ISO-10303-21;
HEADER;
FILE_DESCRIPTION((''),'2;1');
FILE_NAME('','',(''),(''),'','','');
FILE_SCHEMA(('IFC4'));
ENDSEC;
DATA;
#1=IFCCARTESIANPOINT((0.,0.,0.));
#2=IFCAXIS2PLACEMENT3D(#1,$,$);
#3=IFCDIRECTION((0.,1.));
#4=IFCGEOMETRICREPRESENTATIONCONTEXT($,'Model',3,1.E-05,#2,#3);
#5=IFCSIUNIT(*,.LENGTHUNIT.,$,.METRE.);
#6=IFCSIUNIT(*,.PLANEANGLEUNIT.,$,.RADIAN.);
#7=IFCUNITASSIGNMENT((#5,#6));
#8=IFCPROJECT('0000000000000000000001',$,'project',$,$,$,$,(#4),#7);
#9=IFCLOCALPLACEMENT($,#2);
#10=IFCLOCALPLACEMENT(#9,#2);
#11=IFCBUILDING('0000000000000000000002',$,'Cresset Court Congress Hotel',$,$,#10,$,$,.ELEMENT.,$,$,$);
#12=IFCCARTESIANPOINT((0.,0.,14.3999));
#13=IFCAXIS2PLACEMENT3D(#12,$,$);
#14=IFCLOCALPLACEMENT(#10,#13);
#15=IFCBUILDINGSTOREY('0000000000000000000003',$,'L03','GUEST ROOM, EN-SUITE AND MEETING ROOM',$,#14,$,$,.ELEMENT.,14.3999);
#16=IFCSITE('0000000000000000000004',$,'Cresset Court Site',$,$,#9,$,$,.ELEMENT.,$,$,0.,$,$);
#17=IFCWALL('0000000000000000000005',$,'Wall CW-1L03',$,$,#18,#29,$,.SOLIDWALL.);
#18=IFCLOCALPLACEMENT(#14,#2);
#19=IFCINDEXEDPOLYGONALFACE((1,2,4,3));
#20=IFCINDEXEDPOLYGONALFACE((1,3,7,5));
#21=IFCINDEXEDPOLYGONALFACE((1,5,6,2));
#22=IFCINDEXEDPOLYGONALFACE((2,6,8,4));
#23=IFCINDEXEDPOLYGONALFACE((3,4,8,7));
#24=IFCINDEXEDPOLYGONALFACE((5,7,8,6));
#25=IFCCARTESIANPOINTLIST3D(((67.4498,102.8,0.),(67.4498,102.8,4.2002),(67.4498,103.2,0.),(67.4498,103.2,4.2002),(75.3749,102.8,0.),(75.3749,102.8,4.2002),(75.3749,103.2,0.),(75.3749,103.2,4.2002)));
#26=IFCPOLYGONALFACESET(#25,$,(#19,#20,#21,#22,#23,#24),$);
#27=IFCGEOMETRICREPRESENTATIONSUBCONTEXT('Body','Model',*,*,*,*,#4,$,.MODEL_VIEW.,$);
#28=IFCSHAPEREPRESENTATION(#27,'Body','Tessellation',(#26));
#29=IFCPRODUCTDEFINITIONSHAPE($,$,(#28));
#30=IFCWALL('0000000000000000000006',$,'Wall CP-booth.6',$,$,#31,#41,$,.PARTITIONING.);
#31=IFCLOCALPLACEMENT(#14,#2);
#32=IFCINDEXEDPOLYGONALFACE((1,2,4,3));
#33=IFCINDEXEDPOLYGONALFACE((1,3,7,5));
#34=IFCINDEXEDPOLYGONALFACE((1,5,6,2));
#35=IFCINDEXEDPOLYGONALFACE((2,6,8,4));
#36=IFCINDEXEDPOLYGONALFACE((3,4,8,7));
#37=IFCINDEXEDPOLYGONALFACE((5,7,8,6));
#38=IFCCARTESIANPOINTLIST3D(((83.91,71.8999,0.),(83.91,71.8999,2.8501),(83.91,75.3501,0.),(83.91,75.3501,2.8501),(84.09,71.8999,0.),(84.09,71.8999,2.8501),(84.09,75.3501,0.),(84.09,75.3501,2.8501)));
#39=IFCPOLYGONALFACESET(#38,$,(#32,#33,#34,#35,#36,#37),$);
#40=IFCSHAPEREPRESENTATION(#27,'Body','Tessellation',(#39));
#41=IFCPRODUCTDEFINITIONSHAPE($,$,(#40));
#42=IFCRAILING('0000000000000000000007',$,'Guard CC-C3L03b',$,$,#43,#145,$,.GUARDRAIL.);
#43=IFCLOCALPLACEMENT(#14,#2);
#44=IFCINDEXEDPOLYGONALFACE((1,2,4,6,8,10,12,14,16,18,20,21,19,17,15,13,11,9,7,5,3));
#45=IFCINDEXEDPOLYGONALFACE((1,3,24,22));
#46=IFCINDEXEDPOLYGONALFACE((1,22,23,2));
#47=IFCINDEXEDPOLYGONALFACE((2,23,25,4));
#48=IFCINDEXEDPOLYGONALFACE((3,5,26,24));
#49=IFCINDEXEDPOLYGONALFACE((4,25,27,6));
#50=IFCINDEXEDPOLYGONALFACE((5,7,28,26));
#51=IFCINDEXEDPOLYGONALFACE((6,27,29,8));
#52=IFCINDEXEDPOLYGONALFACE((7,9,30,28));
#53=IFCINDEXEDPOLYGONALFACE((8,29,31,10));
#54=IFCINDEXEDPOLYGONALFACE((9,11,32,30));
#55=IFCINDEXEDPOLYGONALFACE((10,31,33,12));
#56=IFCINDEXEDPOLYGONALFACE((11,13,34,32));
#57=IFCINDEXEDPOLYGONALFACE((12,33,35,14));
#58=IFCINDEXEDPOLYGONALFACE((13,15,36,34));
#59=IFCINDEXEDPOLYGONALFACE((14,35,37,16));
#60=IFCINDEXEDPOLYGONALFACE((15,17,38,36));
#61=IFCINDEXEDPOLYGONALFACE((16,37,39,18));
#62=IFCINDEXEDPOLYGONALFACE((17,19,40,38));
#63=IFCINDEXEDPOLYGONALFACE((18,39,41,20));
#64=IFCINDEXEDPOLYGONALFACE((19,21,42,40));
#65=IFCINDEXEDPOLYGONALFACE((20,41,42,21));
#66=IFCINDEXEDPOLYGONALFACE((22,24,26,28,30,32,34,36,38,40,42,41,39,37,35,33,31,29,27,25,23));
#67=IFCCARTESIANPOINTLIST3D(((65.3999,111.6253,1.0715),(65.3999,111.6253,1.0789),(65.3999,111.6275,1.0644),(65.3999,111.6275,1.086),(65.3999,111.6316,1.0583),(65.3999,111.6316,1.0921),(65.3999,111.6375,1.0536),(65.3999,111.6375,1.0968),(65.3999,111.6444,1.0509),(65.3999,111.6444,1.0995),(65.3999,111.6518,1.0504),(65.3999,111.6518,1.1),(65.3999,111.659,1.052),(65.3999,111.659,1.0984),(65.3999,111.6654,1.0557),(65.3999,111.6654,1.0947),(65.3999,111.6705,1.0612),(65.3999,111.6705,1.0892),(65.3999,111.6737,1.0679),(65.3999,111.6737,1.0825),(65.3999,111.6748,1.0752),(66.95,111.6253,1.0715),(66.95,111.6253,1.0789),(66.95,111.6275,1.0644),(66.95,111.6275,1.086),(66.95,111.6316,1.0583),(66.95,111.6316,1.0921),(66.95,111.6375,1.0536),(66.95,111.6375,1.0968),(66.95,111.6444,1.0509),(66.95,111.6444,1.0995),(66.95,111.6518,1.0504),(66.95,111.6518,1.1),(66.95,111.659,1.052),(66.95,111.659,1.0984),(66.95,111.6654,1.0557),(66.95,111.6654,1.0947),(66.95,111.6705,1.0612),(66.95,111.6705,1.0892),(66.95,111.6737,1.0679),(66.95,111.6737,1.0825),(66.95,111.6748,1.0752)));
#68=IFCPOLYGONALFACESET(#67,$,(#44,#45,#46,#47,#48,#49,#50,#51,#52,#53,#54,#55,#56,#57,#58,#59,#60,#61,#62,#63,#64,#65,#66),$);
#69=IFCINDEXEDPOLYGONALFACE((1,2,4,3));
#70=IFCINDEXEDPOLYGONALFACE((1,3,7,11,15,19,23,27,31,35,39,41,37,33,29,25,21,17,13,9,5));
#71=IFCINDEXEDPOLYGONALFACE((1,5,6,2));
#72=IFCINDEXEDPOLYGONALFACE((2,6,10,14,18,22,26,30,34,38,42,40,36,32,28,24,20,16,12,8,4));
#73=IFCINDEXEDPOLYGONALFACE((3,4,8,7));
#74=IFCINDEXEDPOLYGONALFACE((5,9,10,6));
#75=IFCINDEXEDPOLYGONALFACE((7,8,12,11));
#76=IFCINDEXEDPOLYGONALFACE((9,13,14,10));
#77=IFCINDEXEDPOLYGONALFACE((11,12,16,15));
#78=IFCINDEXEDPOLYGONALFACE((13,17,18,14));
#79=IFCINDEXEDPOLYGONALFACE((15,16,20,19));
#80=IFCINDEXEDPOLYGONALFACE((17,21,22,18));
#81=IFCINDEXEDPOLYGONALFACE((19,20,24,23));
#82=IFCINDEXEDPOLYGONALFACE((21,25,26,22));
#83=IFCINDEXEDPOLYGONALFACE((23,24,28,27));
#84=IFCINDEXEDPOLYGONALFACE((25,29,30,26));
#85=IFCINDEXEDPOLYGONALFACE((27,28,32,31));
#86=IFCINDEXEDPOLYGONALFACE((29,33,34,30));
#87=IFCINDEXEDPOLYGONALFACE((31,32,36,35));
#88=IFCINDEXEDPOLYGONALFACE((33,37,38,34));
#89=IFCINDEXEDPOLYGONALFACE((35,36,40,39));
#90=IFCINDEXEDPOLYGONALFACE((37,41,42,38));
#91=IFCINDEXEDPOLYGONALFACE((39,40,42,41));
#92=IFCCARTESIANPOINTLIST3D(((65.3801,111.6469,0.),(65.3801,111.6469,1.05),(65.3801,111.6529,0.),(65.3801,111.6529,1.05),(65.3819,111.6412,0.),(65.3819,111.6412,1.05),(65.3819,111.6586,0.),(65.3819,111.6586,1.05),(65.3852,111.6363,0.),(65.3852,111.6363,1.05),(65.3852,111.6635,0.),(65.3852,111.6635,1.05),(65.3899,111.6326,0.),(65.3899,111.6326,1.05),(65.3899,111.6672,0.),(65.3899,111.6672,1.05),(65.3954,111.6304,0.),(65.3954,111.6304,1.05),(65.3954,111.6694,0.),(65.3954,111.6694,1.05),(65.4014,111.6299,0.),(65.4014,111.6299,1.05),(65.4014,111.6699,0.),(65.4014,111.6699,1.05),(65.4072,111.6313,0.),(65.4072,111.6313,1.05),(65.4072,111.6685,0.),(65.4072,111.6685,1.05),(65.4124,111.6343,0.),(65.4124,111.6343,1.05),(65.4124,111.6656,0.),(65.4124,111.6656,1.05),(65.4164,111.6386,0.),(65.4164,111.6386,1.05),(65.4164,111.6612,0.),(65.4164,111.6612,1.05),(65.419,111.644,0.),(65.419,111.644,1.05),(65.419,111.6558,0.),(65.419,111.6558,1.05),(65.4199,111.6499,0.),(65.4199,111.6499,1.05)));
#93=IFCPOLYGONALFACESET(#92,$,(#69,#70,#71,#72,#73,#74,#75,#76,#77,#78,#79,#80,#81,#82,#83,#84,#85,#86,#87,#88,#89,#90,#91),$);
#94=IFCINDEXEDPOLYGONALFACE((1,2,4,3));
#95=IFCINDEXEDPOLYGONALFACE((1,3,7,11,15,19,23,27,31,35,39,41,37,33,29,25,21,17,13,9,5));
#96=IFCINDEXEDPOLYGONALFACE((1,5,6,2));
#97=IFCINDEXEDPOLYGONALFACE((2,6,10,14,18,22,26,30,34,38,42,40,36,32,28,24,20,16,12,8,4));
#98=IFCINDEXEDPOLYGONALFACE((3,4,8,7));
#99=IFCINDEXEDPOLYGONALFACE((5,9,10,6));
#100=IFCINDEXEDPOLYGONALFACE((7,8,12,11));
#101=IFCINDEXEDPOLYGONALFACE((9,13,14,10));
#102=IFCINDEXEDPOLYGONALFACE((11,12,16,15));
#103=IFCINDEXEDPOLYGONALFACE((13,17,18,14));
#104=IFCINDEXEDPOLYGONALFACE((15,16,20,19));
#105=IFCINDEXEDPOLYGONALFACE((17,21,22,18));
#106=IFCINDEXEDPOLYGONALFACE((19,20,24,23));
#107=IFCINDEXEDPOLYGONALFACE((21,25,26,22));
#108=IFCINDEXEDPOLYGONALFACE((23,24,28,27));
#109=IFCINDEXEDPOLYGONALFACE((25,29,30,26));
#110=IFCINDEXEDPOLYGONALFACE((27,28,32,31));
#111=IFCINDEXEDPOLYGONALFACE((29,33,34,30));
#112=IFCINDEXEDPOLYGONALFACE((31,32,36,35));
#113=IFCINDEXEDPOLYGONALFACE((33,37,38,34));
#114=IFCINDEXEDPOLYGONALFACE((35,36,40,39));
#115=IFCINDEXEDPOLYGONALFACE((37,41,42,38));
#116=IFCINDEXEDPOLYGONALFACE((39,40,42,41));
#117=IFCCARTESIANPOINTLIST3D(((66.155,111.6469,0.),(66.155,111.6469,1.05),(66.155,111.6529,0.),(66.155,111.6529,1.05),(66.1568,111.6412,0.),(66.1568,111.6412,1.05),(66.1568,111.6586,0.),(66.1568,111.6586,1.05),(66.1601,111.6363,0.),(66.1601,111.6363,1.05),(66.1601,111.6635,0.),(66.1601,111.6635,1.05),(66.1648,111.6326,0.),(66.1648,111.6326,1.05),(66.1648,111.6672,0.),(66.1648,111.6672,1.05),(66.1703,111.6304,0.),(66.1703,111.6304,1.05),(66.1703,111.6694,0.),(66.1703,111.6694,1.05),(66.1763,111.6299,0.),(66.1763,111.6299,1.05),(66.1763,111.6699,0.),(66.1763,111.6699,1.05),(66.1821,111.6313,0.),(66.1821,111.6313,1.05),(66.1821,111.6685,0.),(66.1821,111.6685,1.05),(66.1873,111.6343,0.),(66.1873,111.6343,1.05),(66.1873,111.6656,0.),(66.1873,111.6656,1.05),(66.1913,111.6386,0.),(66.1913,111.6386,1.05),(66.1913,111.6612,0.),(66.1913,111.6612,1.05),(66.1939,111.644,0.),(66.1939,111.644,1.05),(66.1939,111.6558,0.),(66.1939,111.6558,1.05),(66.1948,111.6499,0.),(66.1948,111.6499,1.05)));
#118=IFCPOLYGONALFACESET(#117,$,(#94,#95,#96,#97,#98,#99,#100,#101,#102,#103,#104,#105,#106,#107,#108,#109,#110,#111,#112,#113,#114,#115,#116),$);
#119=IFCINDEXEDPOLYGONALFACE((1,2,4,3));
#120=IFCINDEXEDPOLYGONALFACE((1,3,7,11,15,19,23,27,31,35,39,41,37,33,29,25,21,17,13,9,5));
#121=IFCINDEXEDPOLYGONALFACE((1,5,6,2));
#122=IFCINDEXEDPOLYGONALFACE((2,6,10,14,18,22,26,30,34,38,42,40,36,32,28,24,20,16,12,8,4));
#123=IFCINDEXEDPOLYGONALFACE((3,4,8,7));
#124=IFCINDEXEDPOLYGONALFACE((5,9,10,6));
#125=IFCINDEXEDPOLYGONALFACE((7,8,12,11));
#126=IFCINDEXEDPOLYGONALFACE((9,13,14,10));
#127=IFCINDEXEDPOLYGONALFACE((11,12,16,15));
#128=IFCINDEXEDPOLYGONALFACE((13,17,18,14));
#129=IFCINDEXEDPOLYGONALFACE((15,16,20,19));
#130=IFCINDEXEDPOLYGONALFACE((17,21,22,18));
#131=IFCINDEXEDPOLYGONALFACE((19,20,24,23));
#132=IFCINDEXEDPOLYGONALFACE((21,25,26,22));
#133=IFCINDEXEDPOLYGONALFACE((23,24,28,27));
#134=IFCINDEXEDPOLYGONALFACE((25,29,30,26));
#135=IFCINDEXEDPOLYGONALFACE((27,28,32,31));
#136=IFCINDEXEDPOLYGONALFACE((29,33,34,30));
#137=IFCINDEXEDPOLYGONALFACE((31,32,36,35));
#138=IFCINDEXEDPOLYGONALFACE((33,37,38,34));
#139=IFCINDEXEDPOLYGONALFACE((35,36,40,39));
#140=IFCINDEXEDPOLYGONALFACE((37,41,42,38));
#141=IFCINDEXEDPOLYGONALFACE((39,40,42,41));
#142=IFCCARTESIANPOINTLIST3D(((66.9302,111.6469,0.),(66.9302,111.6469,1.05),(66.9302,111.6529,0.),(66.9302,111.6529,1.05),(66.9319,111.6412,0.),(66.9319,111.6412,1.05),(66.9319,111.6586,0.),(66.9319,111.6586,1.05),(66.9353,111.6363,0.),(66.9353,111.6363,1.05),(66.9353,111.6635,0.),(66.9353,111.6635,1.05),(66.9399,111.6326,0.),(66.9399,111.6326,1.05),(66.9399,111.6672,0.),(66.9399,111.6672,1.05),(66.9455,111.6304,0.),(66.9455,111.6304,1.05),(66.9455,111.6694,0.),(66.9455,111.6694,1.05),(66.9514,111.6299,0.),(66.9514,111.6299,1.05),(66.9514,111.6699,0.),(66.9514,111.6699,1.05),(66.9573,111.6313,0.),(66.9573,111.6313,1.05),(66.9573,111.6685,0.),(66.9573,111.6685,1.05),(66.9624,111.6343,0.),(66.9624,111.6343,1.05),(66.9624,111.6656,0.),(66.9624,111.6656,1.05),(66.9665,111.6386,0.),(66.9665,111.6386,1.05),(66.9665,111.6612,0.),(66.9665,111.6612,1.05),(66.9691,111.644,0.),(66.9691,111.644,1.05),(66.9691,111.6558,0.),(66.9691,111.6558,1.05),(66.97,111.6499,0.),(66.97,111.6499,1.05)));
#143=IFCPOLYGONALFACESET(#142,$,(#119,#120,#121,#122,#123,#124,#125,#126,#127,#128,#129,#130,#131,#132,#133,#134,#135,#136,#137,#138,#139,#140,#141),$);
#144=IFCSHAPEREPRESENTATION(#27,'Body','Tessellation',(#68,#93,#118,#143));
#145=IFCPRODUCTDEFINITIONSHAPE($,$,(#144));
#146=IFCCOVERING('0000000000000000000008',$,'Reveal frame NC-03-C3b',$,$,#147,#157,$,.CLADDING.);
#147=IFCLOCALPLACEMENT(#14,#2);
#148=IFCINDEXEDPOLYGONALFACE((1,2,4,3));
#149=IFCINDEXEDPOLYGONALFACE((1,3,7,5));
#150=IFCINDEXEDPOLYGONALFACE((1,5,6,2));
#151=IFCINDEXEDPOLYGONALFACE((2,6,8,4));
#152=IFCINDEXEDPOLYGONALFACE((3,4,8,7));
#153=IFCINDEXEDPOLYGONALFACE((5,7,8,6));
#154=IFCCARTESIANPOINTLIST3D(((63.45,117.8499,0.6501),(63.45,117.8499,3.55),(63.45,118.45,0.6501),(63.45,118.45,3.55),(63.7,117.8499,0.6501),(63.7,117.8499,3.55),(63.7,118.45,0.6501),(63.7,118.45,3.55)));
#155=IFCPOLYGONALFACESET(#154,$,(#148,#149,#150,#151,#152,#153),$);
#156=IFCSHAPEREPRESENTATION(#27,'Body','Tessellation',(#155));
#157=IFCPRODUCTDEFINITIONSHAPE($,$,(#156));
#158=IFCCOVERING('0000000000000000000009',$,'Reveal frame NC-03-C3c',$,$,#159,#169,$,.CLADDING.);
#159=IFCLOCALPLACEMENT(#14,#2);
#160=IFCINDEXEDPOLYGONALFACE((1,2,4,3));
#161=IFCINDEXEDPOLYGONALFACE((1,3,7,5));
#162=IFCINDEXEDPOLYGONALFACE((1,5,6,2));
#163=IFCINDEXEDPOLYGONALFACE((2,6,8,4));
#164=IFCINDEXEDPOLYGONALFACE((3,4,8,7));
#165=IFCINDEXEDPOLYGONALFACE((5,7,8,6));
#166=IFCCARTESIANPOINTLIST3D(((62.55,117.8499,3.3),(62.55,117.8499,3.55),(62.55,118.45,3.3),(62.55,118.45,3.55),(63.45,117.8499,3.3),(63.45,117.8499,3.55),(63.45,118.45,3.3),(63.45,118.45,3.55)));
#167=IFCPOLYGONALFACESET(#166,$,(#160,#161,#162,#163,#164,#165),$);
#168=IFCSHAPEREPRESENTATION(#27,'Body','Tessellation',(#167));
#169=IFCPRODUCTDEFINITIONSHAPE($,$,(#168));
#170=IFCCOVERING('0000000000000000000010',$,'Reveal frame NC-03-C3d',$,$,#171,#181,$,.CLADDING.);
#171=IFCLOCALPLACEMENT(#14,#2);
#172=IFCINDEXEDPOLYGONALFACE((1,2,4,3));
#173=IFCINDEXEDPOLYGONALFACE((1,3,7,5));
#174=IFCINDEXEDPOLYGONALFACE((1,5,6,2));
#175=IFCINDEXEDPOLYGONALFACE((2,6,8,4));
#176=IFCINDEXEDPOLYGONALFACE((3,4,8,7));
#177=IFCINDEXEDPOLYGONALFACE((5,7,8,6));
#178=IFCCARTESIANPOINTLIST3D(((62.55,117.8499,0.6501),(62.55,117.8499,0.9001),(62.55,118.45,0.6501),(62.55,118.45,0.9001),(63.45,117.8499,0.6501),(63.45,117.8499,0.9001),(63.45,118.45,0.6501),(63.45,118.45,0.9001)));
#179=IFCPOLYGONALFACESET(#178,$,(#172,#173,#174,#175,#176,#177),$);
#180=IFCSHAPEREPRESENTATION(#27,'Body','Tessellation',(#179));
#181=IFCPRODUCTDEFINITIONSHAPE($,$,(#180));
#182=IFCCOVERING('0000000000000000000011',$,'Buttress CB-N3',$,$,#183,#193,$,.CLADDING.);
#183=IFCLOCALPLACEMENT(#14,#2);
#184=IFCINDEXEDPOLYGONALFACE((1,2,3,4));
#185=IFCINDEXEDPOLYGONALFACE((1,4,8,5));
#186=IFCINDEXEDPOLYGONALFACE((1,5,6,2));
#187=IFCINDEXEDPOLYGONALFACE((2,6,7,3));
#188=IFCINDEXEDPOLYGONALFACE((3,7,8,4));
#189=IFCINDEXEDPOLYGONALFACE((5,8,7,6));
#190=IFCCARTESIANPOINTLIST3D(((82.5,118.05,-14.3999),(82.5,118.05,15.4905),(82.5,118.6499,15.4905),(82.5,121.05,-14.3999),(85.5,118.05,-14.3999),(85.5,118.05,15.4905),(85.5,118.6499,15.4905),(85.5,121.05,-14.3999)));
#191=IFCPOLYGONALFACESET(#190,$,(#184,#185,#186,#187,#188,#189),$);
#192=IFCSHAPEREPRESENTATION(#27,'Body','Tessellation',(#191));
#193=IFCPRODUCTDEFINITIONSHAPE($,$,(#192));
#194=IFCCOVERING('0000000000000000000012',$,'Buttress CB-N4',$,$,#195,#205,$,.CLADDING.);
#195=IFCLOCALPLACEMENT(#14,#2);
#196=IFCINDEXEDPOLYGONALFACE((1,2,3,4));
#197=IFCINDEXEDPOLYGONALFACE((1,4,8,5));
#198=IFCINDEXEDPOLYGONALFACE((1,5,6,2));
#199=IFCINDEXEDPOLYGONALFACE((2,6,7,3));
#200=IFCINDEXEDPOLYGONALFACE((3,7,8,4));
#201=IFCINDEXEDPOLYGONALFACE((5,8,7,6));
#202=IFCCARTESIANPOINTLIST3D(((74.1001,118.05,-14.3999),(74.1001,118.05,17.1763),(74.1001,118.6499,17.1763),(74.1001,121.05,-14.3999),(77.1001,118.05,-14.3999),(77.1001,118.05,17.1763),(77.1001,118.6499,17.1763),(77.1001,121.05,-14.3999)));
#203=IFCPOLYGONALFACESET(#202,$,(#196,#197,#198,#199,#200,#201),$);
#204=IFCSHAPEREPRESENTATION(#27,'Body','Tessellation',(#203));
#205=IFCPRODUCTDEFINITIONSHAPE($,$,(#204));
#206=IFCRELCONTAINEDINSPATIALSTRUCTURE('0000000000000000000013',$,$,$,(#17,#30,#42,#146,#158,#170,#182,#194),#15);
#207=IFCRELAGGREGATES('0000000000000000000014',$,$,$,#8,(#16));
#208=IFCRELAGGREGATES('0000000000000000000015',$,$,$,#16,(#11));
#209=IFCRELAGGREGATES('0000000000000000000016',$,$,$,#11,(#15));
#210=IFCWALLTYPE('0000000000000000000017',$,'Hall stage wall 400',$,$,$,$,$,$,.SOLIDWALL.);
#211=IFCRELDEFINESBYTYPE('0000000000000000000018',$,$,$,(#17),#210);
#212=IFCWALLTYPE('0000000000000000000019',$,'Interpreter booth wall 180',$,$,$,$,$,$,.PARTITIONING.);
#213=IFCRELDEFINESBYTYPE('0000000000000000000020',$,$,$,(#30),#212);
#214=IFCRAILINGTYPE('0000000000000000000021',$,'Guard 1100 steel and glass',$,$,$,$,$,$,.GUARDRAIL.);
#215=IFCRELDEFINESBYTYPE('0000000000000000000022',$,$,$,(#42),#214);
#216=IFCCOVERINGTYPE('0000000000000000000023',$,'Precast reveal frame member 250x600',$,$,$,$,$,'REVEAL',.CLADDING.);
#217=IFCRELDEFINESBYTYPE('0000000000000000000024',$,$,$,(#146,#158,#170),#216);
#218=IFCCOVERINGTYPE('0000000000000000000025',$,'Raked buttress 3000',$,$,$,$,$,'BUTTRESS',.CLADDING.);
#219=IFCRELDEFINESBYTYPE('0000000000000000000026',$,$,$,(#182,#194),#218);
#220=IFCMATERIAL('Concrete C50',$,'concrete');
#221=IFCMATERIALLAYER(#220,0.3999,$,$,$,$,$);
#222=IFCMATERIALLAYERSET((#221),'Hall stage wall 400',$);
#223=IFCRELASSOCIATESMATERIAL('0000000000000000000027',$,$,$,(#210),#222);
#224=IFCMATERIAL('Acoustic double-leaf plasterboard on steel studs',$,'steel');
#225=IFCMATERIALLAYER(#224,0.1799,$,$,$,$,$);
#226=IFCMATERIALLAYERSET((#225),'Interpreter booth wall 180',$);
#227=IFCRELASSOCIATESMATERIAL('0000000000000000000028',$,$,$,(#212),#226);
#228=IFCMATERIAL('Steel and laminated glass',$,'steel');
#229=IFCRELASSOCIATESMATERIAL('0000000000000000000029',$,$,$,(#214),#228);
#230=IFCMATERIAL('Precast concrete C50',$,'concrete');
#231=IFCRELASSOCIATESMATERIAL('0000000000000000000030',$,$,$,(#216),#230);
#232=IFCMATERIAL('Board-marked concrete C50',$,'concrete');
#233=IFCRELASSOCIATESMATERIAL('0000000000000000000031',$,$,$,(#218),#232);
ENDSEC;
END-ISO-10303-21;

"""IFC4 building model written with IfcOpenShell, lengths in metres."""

from ifc_helpers import new_model, si_unit, direction, frame, frame_2d, origin, origin_2d, place, context, subcontext, project, spatial, polyline, rectangle, circle, outline, extrude, material, layer, layer_set, type_object, element, save


model = new_model("IFC4")

# Units and contexts
model_context = context("Model", 3, precision=1e-05, world=origin(), true_north=direction((0.0, 1.0)))
body_context = subcontext(model_context, "Body", "Model", "MODEL_VIEW")
ifc_project = project(units=[si_unit("LENGTHUNIT", "METRE"), si_unit("PLANEANGLEUNIT", "RADIAN")], contexts=[model_context])

# Site, building, storey
site_placement = place(None, origin())
site = spatial("IfcSite", under=ifc_project, at=site_placement, Name="Cresset Court Site", CompositionType="ELEMENT", RefElevation=0.0)
building_placement = place(site_placement, origin())
building = spatial("IfcBuilding", under=site, at=building_placement, Name="Cresset Court Congress Hotel", CompositionType="ELEMENT")
storey_placement = place(building_placement, frame((0.0, 0.0, 14.3999)))
storey = spatial("IfcBuildingStorey", under=building, at=storey_placement, Name="L03", Description="GUEST ROOM, EN-SUITE AND MEETING ROOM", CompositionType="ELEMENT", Elevation=14.3999)

# Walls
ifc_material_1 = material(Name="Concrete C50", Category="concrete")
ifc_layer_1 = layer(ifc_material_1, 0.3999)
ifc_layer_set_1 = layer_set([ifc_layer_1], Name="Hall stage wall 400")
wall_type_1 = type_object("IfcWallType", Name="Hall stage wall 400", PredefinedType="SOLIDWALL", material=ifc_layer_set_1)
wall_1_placement = place(storey_placement, frame((67.45, 103.0, 0.0), z_axis=(0.0, 0.0, 1.0), x_axis=(1.0, 0.0, 0.0)))
element("IfcWall", 1, at=wall_1_placement, inside=storey, type_object=wall_type_1, Name="Wall CW-1L03", PredefinedType="SOLIDWALL", context=body_context, shape_type="SweptSolid", body=[
    extrude(rectangle(XDim=7.925, YDim=0.3999, at=frame_2d((3.9624, 0.0))), origin(), (0.0, 0.0, 1.0), 4.2002),
])
ifc_material_2 = material(Name="Acoustic double-leaf plasterboard on steel studs", Category="steel")
ifc_layer_2 = layer(ifc_material_2, 0.1799)
ifc_layer_set_2 = layer_set([ifc_layer_2], Name="Interpreter booth wall 180")
wall_type_2 = type_object("IfcWallType", Name="Interpreter booth wall 180", PredefinedType="PARTITIONING", material=ifc_layer_set_2)
wall_2_placement = place(storey_placement, frame((84.0, 71.8999, 0.0), z_axis=(0.0, 0.0, 1.0), x_axis=(0.0, 1.0, 0.0)))
element("IfcWall", 2, at=wall_2_placement, inside=storey, type_object=wall_type_2, Name="Wall CP-booth.6", PredefinedType="PARTITIONING", context=body_context, shape_type="SweptSolid", body=[
    extrude(rectangle(XDim=3.4502, YDim=0.1799, at=frame_2d((1.7251, 0.0))), origin(), (0.0, 0.0, 1.0), 2.8501),
])

# Railing
ifc_material_3 = material(Name="Steel and laminated glass", Category="steel")
railing_type = type_object("IfcRailingType", Name="Guard 1100 steel and glass", PredefinedType="GUARDRAIL", material=ifc_material_3)
railing_placement = place(storey_placement, frame((65.3999, 111.6499, 0.0)))
element("IfcRailing", 3, at=railing_placement, inside=storey, type_object=railing_type, Name="Guard CC-C3L03b", PredefinedType="GUARDRAIL", context=body_context, shape_type="SweptSolid", body=[
    extrude(circle(Radius=0.0249, at=origin_2d()), frame((0.0, 0.0, 1.0752), z_axis=(1.0, 0.0, 0.0), x_axis=(0.0, 1.0, 0.0)), (0.0, 0.0, 1.0), 1.55),
    extrude(circle(Radius=0.02, at=origin_2d()), origin(), (0.0, 0.0, 1.0), 1.05),
    extrude(circle(Radius=0.02, at=origin_2d()), frame((0.7749, 0.0, 0.0)), (0.0, 0.0, 1.0), 1.05),
    extrude(circle(Radius=0.02, at=origin_2d()), frame((1.55, 0.0, 0.0)), (0.0, 0.0, 1.0), 1.05),
])

# Coverings
ifc_material_4 = material(Name="Precast concrete C50", Category="concrete")
covering_type_1 = type_object("IfcCoveringType", Name="Precast reveal frame member 250x600", ElementType="REVEAL", PredefinedType="CLADDING", material=ifc_material_4)
covering_1_placement = place(storey_placement, frame((63.575, 118.1499, 0.6501), z_axis=(0.0, 0.0, 1.0), x_axis=(1.0, 0.0, 0.0)))
element("IfcCovering", 4, at=covering_1_placement, inside=storey, type_object=covering_type_1, Name="Reveal frame NC-03-C3b", PredefinedType="CLADDING", context=body_context, shape_type="SweptSolid", body=[
    extrude(rectangle(XDim=0.25, YDim=0.6001, at=origin_2d()), origin(), (0.0, 0.0, 1.0), 2.8999),
])
for number, where, z_axis, x_axis, name in (
    (5, (63.0, 118.1499, 3.3), (0.0, 0.0, 1.0), (1.0, 0.0, 0.0), "Reveal frame NC-03-C3c"),
    (6, (63.0, 118.1499, 0.6501), (0.0, 0.0, 1.0), (1.0, 0.0, 0.0), "Reveal frame NC-03-C3d"),
):
    element("IfcCovering", number, at=place(storey_placement, frame(where, z_axis=z_axis, x_axis=x_axis)), inside=storey, type_object=covering_type_1, Name=name, PredefinedType="CLADDING", context=body_context, shape_type="SweptSolid", body=[
        extrude(rectangle(XDim=0.8999, YDim=0.6001, at=origin_2d()), origin(), (0.0, 0.0, 1.0), 0.25),
    ])
ifc_material_5 = material(Name="Board-marked concrete C50", Category="concrete")
covering_type_2 = type_object("IfcCoveringType", Name="Raked buttress 3000", ElementType="BUTTRESS", PredefinedType="CLADDING", material=ifc_material_5)
covering_2_placement = place(storey_placement, frame((85.5, 118.05, -14.3999), z_axis=(1.0, 0.0, 0.0), x_axis=(0.0, 1.0, 0.0)))
element("IfcCovering", 7, at=covering_2_placement, inside=storey, type_object=covering_type_2, Name="Buttress CB-N3", PredefinedType="CLADDING", context=body_context, shape_type="SweptSolid", body=[
    extrude(outline(polyline([(0.0, 0.0), (3.0, 0.0), (0.5999, 29.8904), (0.0, 29.8904), (0.0, 0.0)])), origin(), (0.0, 0.0, -1.0), 3.0),
])
covering_3_placement = place(storey_placement, frame((77.1001, 118.05, -14.3999), z_axis=(1.0, 0.0, 0.0), x_axis=(0.0, 1.0, 0.0)))
element("IfcCovering", 8, at=covering_3_placement, inside=storey, type_object=covering_type_2, Name="Buttress CB-N4", PredefinedType="CLADDING", context=body_context, shape_type="SweptSolid", body=[
    extrude(outline(polyline([(0.0, 0.0), (3.0, 0.0), (0.5999, 31.5762), (0.0, 31.5762), (0.0, 0.0)])), origin(), (0.0, 0.0, -1.0), 3.0),
])

save(model, "model.ifc")
